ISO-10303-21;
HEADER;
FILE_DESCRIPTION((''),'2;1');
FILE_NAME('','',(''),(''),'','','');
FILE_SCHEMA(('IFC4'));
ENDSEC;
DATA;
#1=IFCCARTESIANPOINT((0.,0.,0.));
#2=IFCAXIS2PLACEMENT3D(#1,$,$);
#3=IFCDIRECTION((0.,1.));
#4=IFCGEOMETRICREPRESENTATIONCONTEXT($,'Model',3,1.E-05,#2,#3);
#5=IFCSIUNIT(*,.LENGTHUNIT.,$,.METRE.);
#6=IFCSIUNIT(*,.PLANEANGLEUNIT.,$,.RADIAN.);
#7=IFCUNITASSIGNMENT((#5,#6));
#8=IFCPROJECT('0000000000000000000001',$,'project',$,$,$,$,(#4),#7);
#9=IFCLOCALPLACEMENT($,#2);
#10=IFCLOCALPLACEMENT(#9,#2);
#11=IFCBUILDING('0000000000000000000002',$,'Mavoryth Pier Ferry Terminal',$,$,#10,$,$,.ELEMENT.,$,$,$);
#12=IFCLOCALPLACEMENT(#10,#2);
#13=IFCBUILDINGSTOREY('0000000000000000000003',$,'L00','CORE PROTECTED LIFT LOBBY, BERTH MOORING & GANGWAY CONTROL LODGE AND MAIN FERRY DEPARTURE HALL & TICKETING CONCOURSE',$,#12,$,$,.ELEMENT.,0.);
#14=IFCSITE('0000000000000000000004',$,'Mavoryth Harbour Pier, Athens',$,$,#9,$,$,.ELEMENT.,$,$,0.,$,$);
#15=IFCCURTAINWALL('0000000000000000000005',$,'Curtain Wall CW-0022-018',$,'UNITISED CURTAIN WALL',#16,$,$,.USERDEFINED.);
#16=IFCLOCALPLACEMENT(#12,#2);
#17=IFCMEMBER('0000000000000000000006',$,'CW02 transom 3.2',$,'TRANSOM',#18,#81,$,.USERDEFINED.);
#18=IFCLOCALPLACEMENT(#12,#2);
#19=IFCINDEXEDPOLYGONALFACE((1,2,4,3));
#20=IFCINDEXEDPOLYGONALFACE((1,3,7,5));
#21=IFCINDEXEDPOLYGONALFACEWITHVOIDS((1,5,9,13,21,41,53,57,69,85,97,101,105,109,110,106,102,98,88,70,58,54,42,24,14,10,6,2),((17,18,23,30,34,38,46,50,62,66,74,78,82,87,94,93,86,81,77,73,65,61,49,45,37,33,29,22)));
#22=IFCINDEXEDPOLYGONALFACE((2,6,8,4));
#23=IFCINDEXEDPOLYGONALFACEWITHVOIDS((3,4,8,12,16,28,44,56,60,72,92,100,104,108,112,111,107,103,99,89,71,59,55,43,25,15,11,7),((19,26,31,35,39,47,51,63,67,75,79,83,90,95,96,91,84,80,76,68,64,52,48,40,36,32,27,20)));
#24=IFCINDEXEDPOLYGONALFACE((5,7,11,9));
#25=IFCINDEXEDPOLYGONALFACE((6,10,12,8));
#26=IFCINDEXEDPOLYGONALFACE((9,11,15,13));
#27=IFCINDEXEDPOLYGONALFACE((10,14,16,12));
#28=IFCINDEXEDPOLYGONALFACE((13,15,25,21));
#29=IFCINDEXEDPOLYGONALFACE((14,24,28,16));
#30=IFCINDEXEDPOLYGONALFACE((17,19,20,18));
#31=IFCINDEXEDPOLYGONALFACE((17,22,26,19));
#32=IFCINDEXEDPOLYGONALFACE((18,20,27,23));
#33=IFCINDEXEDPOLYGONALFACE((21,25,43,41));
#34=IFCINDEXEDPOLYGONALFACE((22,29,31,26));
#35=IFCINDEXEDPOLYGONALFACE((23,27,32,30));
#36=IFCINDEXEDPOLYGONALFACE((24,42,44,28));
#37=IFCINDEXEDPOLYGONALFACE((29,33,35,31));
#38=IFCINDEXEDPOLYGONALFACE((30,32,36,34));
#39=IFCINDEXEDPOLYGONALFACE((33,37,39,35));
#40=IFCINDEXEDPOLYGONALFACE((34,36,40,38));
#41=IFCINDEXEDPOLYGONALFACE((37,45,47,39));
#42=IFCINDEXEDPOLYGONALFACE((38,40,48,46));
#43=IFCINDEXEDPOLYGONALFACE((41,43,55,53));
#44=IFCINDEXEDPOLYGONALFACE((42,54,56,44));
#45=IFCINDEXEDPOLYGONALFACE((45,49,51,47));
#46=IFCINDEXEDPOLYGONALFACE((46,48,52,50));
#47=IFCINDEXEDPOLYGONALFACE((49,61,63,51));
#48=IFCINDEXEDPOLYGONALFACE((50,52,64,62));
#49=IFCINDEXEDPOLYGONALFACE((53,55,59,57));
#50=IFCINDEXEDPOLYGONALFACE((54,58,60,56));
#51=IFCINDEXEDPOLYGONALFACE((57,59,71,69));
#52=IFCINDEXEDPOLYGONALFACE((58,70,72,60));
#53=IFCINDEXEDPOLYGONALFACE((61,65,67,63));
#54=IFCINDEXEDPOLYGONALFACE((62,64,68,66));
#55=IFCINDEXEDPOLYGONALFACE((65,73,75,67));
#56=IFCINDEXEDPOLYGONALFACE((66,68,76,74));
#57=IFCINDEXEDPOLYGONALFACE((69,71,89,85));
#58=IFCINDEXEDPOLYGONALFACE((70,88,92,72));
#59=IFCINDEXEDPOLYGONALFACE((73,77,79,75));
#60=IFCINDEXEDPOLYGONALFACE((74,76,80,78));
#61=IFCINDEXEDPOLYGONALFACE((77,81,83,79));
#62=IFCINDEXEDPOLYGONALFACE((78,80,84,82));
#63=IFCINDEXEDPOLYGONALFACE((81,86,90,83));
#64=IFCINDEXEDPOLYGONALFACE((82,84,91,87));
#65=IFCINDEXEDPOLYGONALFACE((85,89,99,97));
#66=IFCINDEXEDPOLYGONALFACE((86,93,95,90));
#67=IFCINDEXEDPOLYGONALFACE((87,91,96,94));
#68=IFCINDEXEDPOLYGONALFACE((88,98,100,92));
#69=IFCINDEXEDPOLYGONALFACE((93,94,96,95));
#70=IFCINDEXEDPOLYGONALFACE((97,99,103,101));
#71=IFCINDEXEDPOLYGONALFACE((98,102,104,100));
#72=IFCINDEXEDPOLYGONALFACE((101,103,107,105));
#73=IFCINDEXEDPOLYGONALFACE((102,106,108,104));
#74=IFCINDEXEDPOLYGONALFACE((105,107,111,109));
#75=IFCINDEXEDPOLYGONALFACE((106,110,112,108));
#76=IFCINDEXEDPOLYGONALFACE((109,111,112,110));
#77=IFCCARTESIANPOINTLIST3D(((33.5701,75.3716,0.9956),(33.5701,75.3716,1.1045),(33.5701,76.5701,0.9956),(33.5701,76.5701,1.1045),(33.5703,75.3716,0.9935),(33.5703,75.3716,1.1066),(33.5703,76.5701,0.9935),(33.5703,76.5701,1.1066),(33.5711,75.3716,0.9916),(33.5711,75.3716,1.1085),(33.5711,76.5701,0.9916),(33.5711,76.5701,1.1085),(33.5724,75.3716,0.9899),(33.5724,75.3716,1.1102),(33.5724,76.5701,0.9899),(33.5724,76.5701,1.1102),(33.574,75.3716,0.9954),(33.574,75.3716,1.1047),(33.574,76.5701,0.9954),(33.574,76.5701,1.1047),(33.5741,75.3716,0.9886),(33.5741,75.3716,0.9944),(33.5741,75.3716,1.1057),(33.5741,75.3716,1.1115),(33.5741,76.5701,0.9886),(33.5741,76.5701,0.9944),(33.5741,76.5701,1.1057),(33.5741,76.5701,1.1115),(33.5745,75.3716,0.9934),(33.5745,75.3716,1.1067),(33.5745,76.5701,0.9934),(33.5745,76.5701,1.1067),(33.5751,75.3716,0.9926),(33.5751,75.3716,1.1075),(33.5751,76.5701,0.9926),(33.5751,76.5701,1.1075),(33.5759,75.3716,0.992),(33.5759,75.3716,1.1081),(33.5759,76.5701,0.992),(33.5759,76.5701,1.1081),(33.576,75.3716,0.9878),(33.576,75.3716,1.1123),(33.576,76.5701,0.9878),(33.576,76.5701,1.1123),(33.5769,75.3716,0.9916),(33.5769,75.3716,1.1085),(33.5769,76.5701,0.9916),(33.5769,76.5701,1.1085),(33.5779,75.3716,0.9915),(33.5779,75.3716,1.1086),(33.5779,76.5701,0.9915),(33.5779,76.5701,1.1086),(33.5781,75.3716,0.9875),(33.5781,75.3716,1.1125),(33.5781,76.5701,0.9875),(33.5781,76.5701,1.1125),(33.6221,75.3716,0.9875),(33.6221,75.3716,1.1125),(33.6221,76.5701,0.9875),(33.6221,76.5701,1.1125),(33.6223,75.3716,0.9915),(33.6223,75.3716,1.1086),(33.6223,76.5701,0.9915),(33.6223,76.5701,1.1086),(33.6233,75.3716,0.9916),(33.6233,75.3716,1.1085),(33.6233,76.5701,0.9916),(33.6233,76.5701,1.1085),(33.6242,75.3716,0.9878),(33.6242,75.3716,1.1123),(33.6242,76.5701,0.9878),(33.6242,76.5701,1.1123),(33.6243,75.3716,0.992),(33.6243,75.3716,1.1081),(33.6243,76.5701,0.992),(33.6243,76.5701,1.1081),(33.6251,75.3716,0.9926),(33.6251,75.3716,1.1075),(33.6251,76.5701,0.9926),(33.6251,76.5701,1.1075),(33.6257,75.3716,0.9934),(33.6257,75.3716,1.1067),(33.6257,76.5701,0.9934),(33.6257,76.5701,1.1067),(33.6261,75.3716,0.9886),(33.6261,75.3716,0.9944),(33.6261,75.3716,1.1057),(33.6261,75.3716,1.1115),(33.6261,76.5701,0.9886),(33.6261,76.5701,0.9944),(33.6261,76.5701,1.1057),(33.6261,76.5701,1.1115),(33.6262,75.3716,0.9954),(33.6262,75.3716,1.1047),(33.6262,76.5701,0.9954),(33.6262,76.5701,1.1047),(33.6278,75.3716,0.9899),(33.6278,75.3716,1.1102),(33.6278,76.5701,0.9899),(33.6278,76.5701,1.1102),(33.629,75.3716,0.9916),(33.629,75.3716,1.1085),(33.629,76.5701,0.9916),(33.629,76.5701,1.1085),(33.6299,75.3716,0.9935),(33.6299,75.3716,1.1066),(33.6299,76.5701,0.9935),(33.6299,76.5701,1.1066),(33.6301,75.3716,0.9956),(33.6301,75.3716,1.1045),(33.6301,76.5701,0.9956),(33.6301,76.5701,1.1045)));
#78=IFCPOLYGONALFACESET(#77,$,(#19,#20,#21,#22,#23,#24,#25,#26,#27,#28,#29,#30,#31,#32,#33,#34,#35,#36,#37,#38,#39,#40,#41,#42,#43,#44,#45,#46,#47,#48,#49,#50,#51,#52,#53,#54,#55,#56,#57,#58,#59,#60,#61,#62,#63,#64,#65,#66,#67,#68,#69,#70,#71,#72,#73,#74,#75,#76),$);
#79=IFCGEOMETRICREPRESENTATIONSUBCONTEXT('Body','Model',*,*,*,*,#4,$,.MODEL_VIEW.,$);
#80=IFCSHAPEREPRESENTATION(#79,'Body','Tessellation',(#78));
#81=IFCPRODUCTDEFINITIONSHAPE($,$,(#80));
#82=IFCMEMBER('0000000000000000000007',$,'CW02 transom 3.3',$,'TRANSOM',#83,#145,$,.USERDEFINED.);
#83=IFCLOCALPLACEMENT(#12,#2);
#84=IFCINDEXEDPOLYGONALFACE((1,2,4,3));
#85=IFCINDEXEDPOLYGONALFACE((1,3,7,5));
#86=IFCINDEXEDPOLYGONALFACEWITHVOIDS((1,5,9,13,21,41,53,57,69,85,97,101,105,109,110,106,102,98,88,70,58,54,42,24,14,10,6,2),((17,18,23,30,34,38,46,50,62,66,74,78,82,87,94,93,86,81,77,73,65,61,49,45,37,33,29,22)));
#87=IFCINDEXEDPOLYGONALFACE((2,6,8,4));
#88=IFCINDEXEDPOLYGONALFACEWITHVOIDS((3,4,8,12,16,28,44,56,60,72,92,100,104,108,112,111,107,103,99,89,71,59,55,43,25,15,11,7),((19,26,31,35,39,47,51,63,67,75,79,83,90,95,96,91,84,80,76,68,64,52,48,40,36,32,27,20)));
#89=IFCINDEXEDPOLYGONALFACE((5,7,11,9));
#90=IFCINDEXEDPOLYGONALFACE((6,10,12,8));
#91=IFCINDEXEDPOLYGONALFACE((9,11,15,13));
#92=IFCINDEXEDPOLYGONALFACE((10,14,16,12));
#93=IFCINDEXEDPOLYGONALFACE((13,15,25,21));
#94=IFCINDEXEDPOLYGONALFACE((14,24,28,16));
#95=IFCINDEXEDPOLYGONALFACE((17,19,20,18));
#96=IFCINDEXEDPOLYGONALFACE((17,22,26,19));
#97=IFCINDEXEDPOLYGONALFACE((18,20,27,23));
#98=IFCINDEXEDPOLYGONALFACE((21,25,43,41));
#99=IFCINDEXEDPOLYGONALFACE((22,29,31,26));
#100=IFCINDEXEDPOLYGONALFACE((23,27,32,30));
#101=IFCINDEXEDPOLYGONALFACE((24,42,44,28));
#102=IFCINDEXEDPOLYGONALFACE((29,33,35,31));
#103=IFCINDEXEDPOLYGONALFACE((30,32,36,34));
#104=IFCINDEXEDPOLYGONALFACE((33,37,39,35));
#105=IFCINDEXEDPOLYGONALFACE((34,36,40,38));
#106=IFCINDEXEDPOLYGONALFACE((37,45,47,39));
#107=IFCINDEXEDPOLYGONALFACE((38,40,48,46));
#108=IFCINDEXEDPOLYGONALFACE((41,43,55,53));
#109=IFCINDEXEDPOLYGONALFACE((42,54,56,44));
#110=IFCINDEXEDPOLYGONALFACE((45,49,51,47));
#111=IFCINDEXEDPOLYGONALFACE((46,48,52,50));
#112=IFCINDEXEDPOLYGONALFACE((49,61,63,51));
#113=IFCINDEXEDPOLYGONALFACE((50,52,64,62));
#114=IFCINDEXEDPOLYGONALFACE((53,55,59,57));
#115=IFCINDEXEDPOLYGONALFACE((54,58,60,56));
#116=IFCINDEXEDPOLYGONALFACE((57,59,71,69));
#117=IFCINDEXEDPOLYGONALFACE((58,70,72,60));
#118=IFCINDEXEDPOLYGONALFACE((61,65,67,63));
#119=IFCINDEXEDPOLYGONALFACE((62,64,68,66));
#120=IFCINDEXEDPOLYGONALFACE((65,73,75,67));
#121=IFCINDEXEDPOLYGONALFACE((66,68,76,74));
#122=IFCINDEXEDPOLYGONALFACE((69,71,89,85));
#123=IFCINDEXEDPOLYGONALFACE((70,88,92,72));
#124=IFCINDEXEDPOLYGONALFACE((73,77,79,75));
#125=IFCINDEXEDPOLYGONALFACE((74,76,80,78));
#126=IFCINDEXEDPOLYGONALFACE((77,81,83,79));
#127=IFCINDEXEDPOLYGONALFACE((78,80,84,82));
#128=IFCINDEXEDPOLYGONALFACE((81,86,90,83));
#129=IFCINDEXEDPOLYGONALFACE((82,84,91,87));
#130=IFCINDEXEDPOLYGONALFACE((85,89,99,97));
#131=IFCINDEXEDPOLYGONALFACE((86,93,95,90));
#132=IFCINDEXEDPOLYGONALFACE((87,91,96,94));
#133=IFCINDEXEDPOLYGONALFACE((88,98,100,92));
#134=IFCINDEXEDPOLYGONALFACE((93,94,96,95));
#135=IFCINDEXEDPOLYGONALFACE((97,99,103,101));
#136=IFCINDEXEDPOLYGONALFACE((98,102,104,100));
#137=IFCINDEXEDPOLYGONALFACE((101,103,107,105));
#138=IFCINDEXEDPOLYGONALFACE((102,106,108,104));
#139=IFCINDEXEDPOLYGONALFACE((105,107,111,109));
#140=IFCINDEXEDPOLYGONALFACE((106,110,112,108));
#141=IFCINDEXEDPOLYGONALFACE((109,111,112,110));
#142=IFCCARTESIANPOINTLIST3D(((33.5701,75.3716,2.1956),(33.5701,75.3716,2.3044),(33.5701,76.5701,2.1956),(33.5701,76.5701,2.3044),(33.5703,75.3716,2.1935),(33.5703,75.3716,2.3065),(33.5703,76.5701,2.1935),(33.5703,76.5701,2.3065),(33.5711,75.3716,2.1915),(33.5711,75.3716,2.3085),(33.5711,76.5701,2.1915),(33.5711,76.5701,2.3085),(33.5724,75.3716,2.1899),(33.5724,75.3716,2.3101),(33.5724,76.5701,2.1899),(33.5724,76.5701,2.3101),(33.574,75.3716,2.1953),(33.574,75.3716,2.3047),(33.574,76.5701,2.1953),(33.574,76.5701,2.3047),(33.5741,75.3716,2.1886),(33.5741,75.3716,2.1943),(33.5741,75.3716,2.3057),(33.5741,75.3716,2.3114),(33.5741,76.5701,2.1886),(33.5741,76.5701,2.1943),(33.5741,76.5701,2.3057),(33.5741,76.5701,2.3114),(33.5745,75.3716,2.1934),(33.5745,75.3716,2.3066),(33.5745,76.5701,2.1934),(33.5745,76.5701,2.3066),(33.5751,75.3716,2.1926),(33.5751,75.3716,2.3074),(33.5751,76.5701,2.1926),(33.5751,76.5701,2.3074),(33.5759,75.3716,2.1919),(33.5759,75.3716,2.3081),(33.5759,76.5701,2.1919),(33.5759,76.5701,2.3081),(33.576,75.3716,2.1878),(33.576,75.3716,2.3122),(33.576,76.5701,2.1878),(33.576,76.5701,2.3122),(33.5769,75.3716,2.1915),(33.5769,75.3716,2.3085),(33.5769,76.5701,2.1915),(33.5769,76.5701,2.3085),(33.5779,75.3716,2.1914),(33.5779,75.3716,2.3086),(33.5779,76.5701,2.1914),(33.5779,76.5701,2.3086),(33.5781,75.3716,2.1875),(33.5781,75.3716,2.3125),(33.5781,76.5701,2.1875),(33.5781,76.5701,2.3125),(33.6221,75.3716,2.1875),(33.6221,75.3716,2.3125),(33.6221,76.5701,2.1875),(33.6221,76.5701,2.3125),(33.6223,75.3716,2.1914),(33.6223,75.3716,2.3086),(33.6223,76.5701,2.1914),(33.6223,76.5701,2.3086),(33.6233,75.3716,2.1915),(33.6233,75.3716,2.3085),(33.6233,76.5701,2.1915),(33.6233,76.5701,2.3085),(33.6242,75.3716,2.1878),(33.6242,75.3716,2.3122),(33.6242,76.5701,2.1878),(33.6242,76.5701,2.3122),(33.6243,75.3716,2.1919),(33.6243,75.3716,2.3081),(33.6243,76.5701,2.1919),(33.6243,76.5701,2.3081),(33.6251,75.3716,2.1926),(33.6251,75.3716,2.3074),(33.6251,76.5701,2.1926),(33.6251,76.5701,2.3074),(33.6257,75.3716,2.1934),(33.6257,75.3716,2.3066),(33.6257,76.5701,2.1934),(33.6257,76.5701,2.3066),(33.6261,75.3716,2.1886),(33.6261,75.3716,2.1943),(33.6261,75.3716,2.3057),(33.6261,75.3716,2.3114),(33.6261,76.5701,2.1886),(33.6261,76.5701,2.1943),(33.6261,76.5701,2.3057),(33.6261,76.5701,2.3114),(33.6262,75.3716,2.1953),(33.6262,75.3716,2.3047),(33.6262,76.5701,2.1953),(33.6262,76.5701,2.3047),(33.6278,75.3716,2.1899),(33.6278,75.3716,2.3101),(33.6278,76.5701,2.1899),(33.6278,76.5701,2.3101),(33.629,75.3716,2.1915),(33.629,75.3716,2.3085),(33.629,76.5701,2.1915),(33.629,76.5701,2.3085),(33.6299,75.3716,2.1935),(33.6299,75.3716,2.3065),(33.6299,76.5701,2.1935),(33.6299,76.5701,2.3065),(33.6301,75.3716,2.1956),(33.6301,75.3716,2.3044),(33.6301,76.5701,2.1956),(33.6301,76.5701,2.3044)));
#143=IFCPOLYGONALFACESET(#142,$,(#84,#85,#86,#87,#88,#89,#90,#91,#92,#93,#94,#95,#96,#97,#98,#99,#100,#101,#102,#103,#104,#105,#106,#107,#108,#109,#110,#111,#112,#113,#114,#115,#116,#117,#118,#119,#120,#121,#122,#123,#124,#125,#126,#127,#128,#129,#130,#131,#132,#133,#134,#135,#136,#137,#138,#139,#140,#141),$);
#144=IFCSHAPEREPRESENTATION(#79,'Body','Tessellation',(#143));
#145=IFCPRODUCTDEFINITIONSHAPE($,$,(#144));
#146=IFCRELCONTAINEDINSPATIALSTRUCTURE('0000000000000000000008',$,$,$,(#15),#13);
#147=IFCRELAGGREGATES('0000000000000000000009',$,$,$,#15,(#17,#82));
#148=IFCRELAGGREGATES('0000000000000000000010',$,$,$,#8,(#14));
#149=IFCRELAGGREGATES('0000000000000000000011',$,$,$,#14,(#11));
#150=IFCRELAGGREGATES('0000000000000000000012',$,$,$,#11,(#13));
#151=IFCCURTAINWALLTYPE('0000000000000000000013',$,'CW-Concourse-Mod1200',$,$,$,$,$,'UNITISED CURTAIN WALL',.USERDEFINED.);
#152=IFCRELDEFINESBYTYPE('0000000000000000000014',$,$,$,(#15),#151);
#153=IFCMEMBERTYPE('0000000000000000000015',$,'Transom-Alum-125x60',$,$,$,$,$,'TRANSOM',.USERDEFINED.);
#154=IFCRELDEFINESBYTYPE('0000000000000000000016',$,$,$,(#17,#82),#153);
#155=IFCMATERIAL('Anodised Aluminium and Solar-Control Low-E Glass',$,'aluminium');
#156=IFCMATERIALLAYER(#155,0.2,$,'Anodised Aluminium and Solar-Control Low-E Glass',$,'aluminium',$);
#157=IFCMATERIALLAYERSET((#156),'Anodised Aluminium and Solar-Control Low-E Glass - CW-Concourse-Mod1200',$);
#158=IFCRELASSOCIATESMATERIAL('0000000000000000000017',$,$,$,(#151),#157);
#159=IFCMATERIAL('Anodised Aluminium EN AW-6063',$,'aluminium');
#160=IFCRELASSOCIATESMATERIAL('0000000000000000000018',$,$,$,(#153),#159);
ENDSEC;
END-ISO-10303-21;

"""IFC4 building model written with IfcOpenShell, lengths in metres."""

from ifc_helpers import new_model, si_unit, direction, frame, origin, origin_2d, place, context, subcontext, project, spatial, hollow_rectangle, extrude, material, layer, layer_set, material_profile, profile_set, type_object, element, aggregate, save


model = new_model("IFC4")

# Units and contexts
model_context = context("Model", 3, precision=1e-05, world=origin(), true_north=direction((0.0, 1.0)))
body_context = subcontext(model_context, "Body", "Model", "MODEL_VIEW")
ifc_project = project(units=[si_unit("LENGTHUNIT", "METRE"), si_unit("PLANEANGLEUNIT", "RADIAN")], contexts=[model_context])

# Site, building, storey
site_placement = place(None, origin())
site = spatial("IfcSite", under=ifc_project, at=site_placement, Name="Mavoryth Harbour Pier, Athens", CompositionType="ELEMENT", RefElevation=0.0)
building_placement = place(site_placement, origin())
building = spatial("IfcBuilding", under=site, at=building_placement, Name="Mavoryth Pier Ferry Terminal", CompositionType="ELEMENT")
storey_placement = place(building_placement, origin())
storey = spatial("IfcBuildingStorey", under=building, at=storey_placement, Name="L00", Description="CORE PROTECTED LIFT LOBBY, BERTH MOORING & GANGWAY CONTROL LODGE AND MAIN FERRY DEPARTURE HALL & TICKETING CONCOURSE", CompositionType="ELEMENT", Elevation=0.0)

# Curtain wall, members
ifc_material_1 = material(Name="Anodised Aluminium and Solar-Control Low-E Glass", Category="aluminium")
ifc_layer_1 = layer(ifc_material_1, 0.2, Name="Anodised Aluminium and Solar-Control Low-E Glass", Category="aluminium")
ifc_layer_set_1 = layer_set([ifc_layer_1], Name="Anodised Aluminium and Solar-Control Low-E Glass - CW-Concourse-Mod1200")
curtain_wall_type = type_object("IfcCurtainWallType", Name="CW-Concourse-Mod1200", ElementType="UNITISED CURTAIN WALL", PredefinedType="USERDEFINED", material=ifc_layer_set_1)
curtain_wall_placement = place(storey_placement, origin())
curtain_wall = element("IfcCurtainWall", 1, at=curtain_wall_placement, inside=storey, type_object=curtain_wall_type, Name="Curtain Wall CW-0022-018", ObjectType="UNITISED CURTAIN WALL", PredefinedType="USERDEFINED")
ifc_material_2 = material(Name="Anodised Aluminium EN AW-6063", Category="aluminium")
ifc_material_profile_1 = material_profile(ifc_material_2, hollow_rectangle(XDim=0.0601, YDim=0.125, WallThickness=0.0039, InnerFilletRadius=0.0039, OuterFilletRadius=0.0081, at=origin_2d()), Name="AL-TRAN 125x60x4", Category="aluminium")
ifc_profile_set_1 = profile_set([ifc_material_profile_1], Name="Anodised Aluminium EN AW-6063 - AL-TRAN 125x60x4")
member_type_1 = type_object("IfcMemberType", Name="Transom-Alum-125x60", ElementType="TRANSOM", PredefinedType="USERDEFINED", material=ifc_profile_set_1)
member_1_placement = place(storey_placement, frame((33.6001, 75.3716, 1.05), z_axis=(0.0, 1.0, 0.0), x_axis=(-1.0, 0.0, 0.0)))
member_1 = element("IfcMember", 2, at=member_1_placement, type_object=member_type_1, Name="CW02 transom 3.2", ObjectType="TRANSOM", PredefinedType="USERDEFINED", context=body_context, shape_type="SweptSolid", body=[
    extrude(hollow_rectangle(XDim=0.0601, YDim=0.125, WallThickness=0.0039, InnerFilletRadius=0.0039, OuterFilletRadius=0.0081, at=origin_2d()), origin(), (0.0, 0.0, 1.0), 1.1985),
])
member_2_placement = place(storey_placement, frame((33.6001, 75.3716, 2.25), z_axis=(0.0, 1.0, 0.0), x_axis=(-1.0, 0.0, 0.0)))
member_2 = element("IfcMember", 3, at=member_2_placement, type_object=member_type_1, Name="CW02 transom 3.3", ObjectType="TRANSOM", PredefinedType="USERDEFINED", context=body_context, shape_type="SweptSolid", body=[
    extrude(hollow_rectangle(XDim=0.0601, YDim=0.125, WallThickness=0.0039, InnerFilletRadius=0.0039, OuterFilletRadius=0.0081, at=origin_2d()), origin(), (0.0, 0.0, 1.0), 1.1985),
])
aggregate(curtain_wall, [member_1, member_2])

save(model, "model.ifc")
